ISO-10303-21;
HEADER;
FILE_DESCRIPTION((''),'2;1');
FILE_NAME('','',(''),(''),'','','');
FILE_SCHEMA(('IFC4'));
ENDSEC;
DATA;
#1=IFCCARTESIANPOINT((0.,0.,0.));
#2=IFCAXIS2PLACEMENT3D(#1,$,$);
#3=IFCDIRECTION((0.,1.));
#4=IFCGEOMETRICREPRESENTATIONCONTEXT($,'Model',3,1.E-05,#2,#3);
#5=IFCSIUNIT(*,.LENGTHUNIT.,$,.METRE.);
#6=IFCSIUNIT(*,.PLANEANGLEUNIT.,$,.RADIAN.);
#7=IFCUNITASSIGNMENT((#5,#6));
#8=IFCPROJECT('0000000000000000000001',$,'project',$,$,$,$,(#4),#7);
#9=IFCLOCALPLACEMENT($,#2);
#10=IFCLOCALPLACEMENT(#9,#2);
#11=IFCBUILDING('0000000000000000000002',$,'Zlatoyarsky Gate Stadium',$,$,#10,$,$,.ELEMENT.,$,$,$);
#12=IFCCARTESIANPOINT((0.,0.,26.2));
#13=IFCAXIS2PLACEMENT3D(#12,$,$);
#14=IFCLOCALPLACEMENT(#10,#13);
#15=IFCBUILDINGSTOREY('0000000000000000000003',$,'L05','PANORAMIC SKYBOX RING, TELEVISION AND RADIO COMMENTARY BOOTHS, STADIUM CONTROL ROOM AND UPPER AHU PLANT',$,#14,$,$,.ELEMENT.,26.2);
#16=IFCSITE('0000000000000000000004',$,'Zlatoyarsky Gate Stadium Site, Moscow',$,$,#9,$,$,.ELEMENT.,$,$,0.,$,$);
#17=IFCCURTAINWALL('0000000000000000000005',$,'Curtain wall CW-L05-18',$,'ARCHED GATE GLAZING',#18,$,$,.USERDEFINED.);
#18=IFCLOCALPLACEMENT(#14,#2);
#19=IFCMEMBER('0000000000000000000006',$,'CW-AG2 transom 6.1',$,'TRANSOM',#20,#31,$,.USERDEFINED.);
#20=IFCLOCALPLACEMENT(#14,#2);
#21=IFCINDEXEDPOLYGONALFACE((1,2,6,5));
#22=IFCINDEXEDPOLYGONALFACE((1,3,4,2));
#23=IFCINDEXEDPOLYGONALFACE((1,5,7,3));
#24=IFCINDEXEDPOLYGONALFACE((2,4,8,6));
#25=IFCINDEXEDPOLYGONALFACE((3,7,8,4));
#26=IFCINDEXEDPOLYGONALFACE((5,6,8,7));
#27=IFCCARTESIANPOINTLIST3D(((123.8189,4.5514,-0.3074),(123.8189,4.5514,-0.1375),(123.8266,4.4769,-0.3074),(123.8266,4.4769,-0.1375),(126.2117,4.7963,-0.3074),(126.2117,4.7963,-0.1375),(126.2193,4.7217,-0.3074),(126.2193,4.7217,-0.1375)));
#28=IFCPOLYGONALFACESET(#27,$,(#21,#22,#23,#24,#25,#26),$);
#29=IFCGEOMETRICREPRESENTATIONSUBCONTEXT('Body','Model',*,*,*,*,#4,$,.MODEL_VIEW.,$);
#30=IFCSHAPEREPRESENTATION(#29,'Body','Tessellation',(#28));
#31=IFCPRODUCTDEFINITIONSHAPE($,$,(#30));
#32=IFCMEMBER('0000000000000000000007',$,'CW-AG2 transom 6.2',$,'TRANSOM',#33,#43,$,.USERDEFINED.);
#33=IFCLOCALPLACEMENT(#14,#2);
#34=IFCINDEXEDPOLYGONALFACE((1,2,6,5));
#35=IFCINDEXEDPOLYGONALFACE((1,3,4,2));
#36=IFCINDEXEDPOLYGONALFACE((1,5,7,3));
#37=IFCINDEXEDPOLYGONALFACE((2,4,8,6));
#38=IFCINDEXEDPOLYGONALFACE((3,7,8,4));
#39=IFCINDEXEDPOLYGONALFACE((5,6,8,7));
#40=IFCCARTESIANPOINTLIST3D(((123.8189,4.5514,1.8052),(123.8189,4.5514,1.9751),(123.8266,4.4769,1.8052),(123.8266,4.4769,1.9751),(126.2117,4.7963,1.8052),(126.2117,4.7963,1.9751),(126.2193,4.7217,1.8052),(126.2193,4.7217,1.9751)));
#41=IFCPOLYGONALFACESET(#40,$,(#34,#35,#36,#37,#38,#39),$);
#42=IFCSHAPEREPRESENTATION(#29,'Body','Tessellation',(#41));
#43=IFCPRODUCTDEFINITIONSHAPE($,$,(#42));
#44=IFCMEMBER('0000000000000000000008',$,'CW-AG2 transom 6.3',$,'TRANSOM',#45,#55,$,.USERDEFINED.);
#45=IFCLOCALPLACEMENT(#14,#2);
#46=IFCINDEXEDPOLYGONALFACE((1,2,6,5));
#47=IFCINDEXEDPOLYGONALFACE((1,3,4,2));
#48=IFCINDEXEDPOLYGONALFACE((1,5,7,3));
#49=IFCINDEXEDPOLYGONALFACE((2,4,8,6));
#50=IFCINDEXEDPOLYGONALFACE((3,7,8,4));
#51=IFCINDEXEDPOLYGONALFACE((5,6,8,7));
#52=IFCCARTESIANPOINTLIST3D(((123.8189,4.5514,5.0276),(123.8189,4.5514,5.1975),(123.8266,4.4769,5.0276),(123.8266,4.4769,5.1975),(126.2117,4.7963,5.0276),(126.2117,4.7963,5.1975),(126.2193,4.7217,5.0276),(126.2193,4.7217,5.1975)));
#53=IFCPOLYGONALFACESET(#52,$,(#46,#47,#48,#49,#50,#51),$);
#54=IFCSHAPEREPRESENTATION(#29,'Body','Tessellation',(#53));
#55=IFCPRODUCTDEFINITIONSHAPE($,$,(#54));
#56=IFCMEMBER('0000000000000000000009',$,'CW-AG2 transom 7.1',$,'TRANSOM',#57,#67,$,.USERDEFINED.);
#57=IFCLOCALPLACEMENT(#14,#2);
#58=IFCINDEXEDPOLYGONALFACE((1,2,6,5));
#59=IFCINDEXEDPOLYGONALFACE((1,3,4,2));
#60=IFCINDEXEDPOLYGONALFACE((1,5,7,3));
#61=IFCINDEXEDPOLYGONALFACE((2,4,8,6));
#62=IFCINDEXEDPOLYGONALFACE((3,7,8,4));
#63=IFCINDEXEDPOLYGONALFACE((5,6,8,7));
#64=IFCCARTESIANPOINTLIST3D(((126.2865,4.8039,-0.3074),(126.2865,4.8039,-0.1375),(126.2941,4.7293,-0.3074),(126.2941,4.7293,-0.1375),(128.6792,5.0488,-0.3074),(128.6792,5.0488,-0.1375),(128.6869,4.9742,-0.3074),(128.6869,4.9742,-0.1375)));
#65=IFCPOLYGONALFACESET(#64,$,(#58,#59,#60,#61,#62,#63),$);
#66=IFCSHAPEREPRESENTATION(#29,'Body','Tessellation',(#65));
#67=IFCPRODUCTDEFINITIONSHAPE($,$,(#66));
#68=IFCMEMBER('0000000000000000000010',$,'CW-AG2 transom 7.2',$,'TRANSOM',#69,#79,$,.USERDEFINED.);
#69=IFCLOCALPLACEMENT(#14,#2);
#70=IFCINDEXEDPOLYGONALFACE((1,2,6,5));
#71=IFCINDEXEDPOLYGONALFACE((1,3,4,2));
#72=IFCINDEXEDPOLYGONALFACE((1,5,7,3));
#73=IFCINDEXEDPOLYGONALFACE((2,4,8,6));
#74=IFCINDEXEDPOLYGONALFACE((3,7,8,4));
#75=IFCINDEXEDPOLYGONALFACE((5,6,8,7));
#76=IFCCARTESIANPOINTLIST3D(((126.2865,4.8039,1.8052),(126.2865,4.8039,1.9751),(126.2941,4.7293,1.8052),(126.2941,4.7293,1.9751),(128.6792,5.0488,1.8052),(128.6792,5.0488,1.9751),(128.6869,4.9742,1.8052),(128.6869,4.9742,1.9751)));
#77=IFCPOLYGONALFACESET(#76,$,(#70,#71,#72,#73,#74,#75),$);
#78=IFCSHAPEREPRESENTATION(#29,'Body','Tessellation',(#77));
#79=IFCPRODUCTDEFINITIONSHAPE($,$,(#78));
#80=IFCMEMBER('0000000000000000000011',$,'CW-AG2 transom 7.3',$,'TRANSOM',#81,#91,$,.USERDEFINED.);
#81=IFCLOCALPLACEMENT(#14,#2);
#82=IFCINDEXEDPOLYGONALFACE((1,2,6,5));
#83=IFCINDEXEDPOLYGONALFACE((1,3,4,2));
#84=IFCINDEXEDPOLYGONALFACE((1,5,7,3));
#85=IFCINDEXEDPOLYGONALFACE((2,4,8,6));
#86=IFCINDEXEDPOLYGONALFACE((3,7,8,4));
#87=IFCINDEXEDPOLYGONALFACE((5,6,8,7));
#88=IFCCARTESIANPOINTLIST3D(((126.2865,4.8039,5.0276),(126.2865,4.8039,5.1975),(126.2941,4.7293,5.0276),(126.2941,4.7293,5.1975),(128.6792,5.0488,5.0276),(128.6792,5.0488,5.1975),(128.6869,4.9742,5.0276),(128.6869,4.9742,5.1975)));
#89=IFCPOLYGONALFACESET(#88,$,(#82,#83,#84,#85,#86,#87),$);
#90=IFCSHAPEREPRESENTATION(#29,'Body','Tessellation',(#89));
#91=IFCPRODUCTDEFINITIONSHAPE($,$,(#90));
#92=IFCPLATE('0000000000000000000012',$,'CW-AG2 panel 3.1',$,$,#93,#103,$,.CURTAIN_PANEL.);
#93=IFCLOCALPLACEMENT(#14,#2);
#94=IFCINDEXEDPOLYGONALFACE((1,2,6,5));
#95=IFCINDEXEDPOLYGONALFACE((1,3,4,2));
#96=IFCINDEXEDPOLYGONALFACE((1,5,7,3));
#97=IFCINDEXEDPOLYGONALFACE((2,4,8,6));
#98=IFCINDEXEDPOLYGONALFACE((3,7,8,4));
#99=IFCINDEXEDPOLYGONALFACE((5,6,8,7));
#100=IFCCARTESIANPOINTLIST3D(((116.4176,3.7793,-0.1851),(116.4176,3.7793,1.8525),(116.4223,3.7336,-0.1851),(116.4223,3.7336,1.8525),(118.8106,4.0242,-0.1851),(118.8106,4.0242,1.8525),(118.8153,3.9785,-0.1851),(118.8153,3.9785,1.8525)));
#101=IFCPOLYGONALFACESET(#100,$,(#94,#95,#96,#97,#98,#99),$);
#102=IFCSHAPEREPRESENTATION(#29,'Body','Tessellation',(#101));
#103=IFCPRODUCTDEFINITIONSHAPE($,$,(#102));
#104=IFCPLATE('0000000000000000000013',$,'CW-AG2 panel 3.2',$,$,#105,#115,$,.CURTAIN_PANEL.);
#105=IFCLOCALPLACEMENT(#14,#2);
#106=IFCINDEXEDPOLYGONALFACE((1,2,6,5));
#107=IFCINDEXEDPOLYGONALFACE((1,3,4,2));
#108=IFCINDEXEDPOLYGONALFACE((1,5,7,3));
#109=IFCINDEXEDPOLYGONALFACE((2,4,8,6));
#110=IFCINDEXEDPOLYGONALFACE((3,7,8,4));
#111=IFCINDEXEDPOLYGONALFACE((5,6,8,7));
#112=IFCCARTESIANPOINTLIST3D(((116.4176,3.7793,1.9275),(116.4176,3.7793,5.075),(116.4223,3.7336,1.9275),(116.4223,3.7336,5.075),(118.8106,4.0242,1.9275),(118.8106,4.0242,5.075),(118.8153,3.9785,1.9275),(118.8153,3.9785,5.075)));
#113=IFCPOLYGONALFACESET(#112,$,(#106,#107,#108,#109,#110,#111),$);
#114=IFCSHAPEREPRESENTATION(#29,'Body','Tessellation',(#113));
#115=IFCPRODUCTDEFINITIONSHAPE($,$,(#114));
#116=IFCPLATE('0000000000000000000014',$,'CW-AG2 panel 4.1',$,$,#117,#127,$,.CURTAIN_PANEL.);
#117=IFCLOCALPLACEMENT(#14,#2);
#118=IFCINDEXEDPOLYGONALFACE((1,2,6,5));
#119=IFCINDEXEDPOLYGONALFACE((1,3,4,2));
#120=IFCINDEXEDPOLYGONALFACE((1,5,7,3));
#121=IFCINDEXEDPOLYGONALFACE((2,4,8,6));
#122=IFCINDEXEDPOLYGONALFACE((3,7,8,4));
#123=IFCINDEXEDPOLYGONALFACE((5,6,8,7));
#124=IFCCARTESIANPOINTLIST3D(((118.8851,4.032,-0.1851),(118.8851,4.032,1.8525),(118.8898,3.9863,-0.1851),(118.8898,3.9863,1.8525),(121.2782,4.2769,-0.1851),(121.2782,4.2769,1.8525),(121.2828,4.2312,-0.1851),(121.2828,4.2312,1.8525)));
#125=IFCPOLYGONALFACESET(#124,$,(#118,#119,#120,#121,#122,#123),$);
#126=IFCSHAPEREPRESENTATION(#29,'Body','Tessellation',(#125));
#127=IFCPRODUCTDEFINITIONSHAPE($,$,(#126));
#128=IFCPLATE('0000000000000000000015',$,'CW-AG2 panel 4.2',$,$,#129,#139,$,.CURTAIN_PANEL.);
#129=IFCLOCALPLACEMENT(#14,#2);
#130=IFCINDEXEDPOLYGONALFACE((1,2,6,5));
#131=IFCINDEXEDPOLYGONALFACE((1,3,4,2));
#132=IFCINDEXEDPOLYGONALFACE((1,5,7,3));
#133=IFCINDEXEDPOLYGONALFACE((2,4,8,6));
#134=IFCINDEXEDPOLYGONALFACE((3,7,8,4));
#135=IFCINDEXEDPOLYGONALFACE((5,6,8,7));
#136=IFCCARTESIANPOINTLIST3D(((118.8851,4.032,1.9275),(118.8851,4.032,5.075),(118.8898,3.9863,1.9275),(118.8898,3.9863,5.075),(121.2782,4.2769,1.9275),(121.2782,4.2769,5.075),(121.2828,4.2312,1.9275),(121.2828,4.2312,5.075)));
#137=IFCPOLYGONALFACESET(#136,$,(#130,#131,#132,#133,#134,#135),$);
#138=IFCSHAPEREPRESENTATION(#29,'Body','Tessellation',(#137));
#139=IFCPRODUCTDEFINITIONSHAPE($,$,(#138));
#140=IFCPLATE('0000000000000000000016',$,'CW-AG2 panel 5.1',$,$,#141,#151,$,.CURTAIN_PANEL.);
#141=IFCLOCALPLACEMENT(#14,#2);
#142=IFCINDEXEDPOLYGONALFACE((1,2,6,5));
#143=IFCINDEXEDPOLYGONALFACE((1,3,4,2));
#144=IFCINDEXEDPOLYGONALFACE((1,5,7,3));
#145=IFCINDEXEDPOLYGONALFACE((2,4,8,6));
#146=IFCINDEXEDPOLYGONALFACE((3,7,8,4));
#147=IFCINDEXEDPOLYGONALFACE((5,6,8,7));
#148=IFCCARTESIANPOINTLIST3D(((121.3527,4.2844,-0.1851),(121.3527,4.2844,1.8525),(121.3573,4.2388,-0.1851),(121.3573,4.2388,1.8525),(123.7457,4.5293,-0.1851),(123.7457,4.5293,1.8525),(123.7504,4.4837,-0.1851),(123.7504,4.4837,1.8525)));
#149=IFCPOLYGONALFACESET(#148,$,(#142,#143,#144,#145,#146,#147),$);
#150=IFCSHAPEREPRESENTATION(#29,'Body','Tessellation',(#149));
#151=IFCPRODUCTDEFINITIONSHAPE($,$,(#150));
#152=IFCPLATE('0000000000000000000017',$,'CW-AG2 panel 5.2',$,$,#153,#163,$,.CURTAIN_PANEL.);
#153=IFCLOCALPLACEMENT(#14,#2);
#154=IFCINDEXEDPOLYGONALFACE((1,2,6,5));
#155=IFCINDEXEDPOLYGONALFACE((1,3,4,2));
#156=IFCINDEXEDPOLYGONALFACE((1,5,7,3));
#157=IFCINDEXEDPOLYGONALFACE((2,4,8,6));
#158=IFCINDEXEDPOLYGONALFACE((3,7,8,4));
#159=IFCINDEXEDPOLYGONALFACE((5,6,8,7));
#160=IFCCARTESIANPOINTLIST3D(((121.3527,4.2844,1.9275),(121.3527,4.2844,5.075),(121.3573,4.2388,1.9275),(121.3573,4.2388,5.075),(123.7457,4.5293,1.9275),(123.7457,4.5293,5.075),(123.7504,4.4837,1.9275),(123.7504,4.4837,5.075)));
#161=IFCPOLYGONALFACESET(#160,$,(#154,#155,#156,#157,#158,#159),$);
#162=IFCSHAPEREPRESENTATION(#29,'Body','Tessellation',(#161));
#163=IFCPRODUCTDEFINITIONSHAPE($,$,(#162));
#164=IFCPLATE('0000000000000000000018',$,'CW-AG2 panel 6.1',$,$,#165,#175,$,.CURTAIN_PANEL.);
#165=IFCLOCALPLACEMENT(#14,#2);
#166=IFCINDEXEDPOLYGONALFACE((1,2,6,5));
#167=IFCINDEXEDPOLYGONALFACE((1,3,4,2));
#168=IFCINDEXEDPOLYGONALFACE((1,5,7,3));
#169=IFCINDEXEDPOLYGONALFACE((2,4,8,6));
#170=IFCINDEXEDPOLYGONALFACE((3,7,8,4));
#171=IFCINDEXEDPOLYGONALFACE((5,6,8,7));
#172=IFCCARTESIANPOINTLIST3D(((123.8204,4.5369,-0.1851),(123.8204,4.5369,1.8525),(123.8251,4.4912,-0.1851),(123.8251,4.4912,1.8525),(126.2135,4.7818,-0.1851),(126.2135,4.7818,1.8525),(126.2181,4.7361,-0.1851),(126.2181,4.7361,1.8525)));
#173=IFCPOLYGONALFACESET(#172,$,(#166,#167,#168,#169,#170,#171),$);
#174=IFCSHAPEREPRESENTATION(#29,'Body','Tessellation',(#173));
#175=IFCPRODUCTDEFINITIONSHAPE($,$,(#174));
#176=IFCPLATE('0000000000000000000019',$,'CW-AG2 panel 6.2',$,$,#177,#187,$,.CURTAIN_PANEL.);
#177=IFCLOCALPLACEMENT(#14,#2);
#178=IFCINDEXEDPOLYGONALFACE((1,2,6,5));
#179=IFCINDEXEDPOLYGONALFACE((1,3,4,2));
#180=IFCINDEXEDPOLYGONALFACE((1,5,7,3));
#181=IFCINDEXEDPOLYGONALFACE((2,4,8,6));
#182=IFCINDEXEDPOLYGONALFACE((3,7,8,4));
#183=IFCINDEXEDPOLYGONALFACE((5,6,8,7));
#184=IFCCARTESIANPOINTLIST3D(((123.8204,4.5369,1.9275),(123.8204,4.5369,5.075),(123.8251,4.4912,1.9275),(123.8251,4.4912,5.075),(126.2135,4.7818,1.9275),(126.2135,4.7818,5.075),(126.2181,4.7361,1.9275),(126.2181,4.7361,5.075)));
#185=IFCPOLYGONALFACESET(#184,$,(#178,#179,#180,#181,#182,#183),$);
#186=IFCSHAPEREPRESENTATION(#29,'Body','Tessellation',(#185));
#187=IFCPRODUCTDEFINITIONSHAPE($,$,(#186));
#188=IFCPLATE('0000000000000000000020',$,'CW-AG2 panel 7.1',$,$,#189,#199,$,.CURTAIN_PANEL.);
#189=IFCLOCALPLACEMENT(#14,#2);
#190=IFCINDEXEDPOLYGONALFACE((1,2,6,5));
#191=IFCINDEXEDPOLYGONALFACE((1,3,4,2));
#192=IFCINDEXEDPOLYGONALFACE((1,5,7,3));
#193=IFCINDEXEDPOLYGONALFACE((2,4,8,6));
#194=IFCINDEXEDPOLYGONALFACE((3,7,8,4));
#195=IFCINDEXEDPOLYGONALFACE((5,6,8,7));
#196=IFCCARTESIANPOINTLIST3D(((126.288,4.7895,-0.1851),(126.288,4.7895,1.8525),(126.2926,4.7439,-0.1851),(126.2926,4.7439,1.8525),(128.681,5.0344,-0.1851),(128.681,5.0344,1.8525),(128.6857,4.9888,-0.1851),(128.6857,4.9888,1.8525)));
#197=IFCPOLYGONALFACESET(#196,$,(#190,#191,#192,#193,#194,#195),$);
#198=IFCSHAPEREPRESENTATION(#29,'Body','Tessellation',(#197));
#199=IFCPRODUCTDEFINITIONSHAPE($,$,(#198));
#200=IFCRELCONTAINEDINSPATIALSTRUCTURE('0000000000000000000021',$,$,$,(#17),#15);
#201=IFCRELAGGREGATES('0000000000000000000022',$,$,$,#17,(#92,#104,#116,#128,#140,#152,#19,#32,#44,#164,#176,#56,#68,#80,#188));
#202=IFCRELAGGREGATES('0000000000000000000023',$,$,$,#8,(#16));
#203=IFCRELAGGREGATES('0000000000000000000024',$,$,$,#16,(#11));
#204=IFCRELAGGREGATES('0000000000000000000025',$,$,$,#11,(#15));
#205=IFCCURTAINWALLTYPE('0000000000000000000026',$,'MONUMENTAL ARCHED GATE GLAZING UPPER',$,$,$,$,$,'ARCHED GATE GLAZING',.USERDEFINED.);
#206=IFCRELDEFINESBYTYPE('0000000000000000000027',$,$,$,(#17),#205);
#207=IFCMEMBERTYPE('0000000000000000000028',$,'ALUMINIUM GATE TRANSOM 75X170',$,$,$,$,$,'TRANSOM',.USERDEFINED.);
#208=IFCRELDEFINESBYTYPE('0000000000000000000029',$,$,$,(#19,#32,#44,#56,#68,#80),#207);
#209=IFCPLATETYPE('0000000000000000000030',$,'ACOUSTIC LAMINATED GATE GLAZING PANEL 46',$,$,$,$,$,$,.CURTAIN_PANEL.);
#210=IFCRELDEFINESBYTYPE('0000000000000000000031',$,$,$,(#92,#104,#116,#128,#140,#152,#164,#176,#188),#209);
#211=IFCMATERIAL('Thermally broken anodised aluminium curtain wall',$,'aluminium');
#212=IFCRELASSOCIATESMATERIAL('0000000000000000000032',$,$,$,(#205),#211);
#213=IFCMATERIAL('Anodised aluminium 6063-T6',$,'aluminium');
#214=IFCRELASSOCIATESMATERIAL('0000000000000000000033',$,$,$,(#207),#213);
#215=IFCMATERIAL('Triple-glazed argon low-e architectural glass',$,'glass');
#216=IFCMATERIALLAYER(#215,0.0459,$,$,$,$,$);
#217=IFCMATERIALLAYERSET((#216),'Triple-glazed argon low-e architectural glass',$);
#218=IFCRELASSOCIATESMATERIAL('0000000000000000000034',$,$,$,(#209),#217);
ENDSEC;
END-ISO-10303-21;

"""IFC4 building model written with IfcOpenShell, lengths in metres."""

from ifc_helpers import new_model, si_unit, direction, frame, origin, origin_2d, place, context, subcontext, project, spatial, rectangle, extrude, material, layer, layer_set, material_profile, profile_set, type_object, element, aggregate, save


model = new_model("IFC4")

# Units and contexts
model_context = context("Model", 3, precision=1e-05, world=origin(), true_north=direction((0.0, 1.0)))
body_context = subcontext(model_context, "Body", "Model", "MODEL_VIEW")
ifc_project = project(units=[si_unit("LENGTHUNIT", "METRE"), si_unit("PLANEANGLEUNIT", "RADIAN")], contexts=[model_context])

# Site, building, storey
site_placement = place(None, origin())
site = spatial("IfcSite", under=ifc_project, at=site_placement, Name="Zlatoyarsky Gate Stadium Site, Moscow", CompositionType="ELEMENT", RefElevation=0.0)
building_placement = place(site_placement, origin())
building = spatial("IfcBuilding", under=site, at=building_placement, Name="Zlatoyarsky Gate Stadium", CompositionType="ELEMENT")
storey_placement = place(building_placement, frame((0.0, 0.0, 26.2)))
storey = spatial("IfcBuildingStorey", under=building, at=storey_placement, Name="L05", Description="PANORAMIC SKYBOX RING, TELEVISION AND RADIO COMMENTARY BOOTHS, STADIUM CONTROL ROOM AND UPPER AHU PLANT", CompositionType="ELEMENT", Elevation=26.2)

# Curtain wall, members, plates
ifc_material_1 = material(Name="Thermally broken anodised aluminium curtain wall", Category="aluminium")
curtain_wall_type = type_object("IfcCurtainWallType", Name="MONUMENTAL ARCHED GATE GLAZING UPPER", ElementType="ARCHED GATE GLAZING", PredefinedType="USERDEFINED", material=ifc_material_1)
curtain_wall_placement = place(storey_placement, origin())
curtain_wall = element("IfcCurtainWall", 1, at=curtain_wall_placement, inside=storey, type_object=curtain_wall_type, Name="Curtain wall CW-L05-18", ObjectType="ARCHED GATE GLAZING", PredefinedType="USERDEFINED")
ifc_material_2 = material(Name="Anodised aluminium 6063-T6", Category="aluminium")
ifc_material_profile_1 = material_profile(ifc_material_2, rectangle(XDim=0.075, YDim=0.1699, at=origin_2d()), Name="ALU 75X170")
ifc_profile_set_1 = profile_set([ifc_material_profile_1], Name="Anodised aluminium 6063-T6")
member_type_1 = type_object("IfcMemberType", Name="ALUMINIUM GATE TRANSOM 75X170", ElementType="TRANSOM", PredefinedType="USERDEFINED", material=ifc_profile_set_1)
member_1_placement = place(storey_placement, frame((123.8228, 4.5142, -0.2224), z_axis=(0.994804, 0.101805, 0.0), x_axis=(-0.101805, 0.994804, 0.0)))
member_1 = element("IfcMember", 2, at=member_1_placement, type_object=member_type_1, Name="CW-AG2 transom 6.1", ObjectType="TRANSOM", PredefinedType="USERDEFINED", context=body_context, shape_type="SweptSolid", body=[
    extrude(rectangle(XDim=0.075, YDim=0.1699, at=origin_2d()), origin(), (0.0, 0.0, 1.0), 2.4053),
])
member_2_placement = place(storey_placement, frame((123.8228, 4.5142, 1.8901), z_axis=(0.994804, 0.101805, 0.0), x_axis=(-0.101805, 0.994804, 0.0)))
member_2 = element("IfcMember", 3, at=member_2_placement, type_object=member_type_1, Name="CW-AG2 transom 6.2", ObjectType="TRANSOM", PredefinedType="USERDEFINED", context=body_context, shape_type="SweptSolid", body=[
    extrude(rectangle(XDim=0.075, YDim=0.1699, at=origin_2d()), origin(), (0.0, 0.0, 1.0), 2.4053),
])
member_3_placement = place(storey_placement, frame((123.8228, 4.5142, 5.1125), z_axis=(0.994804, 0.101805, 0.0), x_axis=(-0.101805, 0.994804, 0.0)))
member_3 = element("IfcMember", 4, at=member_3_placement, type_object=member_type_1, Name="CW-AG2 transom 6.3", ObjectType="TRANSOM", PredefinedType="USERDEFINED", context=body_context, shape_type="SweptSolid", body=[
    extrude(rectangle(XDim=0.075, YDim=0.1699, at=origin_2d()), origin(), (0.0, 0.0, 1.0), 2.4053),
])
member_4_placement = place(storey_placement, frame((126.2903, 4.7666, -0.2224), z_axis=(0.994804, 0.101805, 0.0), x_axis=(-0.101805, 0.994804, 0.0)))
member_4 = element("IfcMember", 5, at=member_4_placement, type_object=member_type_1, Name="CW-AG2 transom 7.1", ObjectType="TRANSOM", PredefinedType="USERDEFINED", context=body_context, shape_type="SweptSolid", body=[
    extrude(rectangle(XDim=0.075, YDim=0.1699, at=origin_2d()), origin(), (0.0, 0.0, 1.0), 2.4053),
])
member_5_placement = place(storey_placement, frame((126.2903, 4.7666, 1.8901), z_axis=(0.994804, 0.101805, 0.0), x_axis=(-0.101805, 0.994804, 0.0)))
member_5 = element("IfcMember", 6, at=member_5_placement, type_object=member_type_1, Name="CW-AG2 transom 7.2", ObjectType="TRANSOM", PredefinedType="USERDEFINED", context=body_context, shape_type="SweptSolid", body=[
    extrude(rectangle(XDim=0.075, YDim=0.1699, at=origin_2d()), origin(), (0.0, 0.0, 1.0), 2.4053),
])
member_6_placement = place(storey_placement, frame((126.2903, 4.7666, 5.1125), z_axis=(0.994804, 0.101805, 0.0), x_axis=(-0.101805, 0.994804, 0.0)))
member_6 = element("IfcMember", 7, at=member_6_placement, type_object=member_type_1, Name="CW-AG2 transom 7.3", ObjectType="TRANSOM", PredefinedType="USERDEFINED", context=body_context, shape_type="SweptSolid", body=[
    extrude(rectangle(XDim=0.075, YDim=0.1699, at=origin_2d()), origin(), (0.0, 0.0, 1.0), 2.4053),
])
ifc_material_3 = material(Name="Triple-glazed argon low-e architectural glass", Category="glass")
ifc_layer = layer(ifc_material_3, 0.0459)
ifc_layer_set = layer_set([ifc_layer], Name="Triple-glazed argon low-e architectural glass")
plate_type = type_object("IfcPlateType", Name="ACOUSTIC LAMINATED GATE GLAZING PANEL 46", PredefinedType="CURTAIN_PANEL", material=ifc_layer_set)
plate_1_placement = place(storey_placement, frame((117.6165, 3.8789, -0.1851), z_axis=(0.0, 0.0, 1.0), x_axis=(0.994804, 0.101805, 0.0)))
plate_1 = element("IfcPlate", 8, at=plate_1_placement, type_object=plate_type, Name="CW-AG2 panel 3.1", PredefinedType="CURTAIN_PANEL", context=body_context, shape_type="SweptSolid", body=[
    extrude(rectangle(XDim=2.4055, YDim=0.0459, at=origin_2d()), origin(), (0.0, 0.0, 1.0), 2.0376),
])
plate_2_placement = place(storey_placement, frame((117.6165, 3.8789, 1.9275), z_axis=(0.0, 0.0, 1.0), x_axis=(0.994804, 0.101805, 0.0)))
plate_2 = element("IfcPlate", 9, at=plate_2_placement, type_object=plate_type, Name="CW-AG2 panel 3.2", PredefinedType="CURTAIN_PANEL", context=body_context, shape_type="SweptSolid", body=[
    extrude(rectangle(XDim=2.4055, YDim=0.0459, at=origin_2d()), origin(), (0.0, 0.0, 1.0), 3.1475),
])
plate_3_placement = place(storey_placement, frame((120.084, 4.1316, -0.1851), z_axis=(0.0, 0.0, 1.0), x_axis=(0.994804, 0.101805, 0.0)))
plate_3 = element("IfcPlate", 10, at=plate_3_placement, type_object=plate_type, Name="CW-AG2 panel 4.1", PredefinedType="CURTAIN_PANEL", context=body_context, shape_type="SweptSolid", body=[
    extrude(rectangle(XDim=2.4055, YDim=0.0459, at=origin_2d()), origin(), (0.0, 0.0, 1.0), 2.0376),
])
plate_4_placement = place(storey_placement, frame((120.084, 4.1316, 1.9275), z_axis=(0.0, 0.0, 1.0), x_axis=(0.994804, 0.101805, 0.0)))
plate_4 = element("IfcPlate", 11, at=plate_4_placement, type_object=plate_type, Name="CW-AG2 panel 4.2", PredefinedType="CURTAIN_PANEL", context=body_context, shape_type="SweptSolid", body=[
    extrude(rectangle(XDim=2.4055, YDim=0.0459, at=origin_2d()), origin(), (0.0, 0.0, 1.0), 3.1475),
])
plate_5_placement = place(storey_placement, frame((122.5515, 4.384, -0.1851), z_axis=(0.0, 0.0, 1.0), x_axis=(0.994804, 0.101805, 0.0)))
plate_5 = element("IfcPlate", 12, at=plate_5_placement, type_object=plate_type, Name="CW-AG2 panel 5.1", PredefinedType="CURTAIN_PANEL", context=body_context, shape_type="SweptSolid", body=[
    extrude(rectangle(XDim=2.4055, YDim=0.0459, at=origin_2d()), origin(), (0.0, 0.0, 1.0), 2.0376),
])
plate_6_placement = place(storey_placement, frame((122.5515, 4.384, 1.9275), z_axis=(0.0, 0.0, 1.0), x_axis=(0.994804, 0.101805, 0.0)))
plate_6 = element("IfcPlate", 13, at=plate_6_placement, type_object=plate_type, Name="CW-AG2 panel 5.2", PredefinedType="CURTAIN_PANEL", context=body_context, shape_type="SweptSolid", body=[
    extrude(rectangle(XDim=2.4055, YDim=0.0459, at=origin_2d()), origin(), (0.0, 0.0, 1.0), 3.1475),
])
plate_7_placement = place(storey_placement, frame((125.0193, 4.6365, -0.1851), z_axis=(0.0, 0.0, 1.0), x_axis=(0.994804, 0.101805, 0.0)))
plate_7 = element("IfcPlate", 14, at=plate_7_placement, type_object=plate_type, Name="CW-AG2 panel 6.1", PredefinedType="CURTAIN_PANEL", context=body_context, shape_type="SweptSolid", body=[
    extrude(rectangle(XDim=2.4055, YDim=0.0459, at=origin_2d()), origin(), (0.0, 0.0, 1.0), 2.0376),
])
plate_8_placement = place(storey_placement, frame((125.0193, 4.6365, 1.9275), z_axis=(0.0, 0.0, 1.0), x_axis=(0.994804, 0.101805, 0.0)))
plate_8 = element("IfcPlate", 15, at=plate_8_placement, type_object=plate_type, Name="CW-AG2 panel 6.2", PredefinedType="CURTAIN_PANEL", context=body_context, shape_type="SweptSolid", body=[
    extrude(rectangle(XDim=2.4055, YDim=0.0459, at=origin_2d()), origin(), (0.0, 0.0, 1.0), 3.1475),
])
plate_9_placement = place(storey_placement, frame((127.4868, 4.8892, -0.1851), z_axis=(0.0, 0.0, 1.0), x_axis=(0.994804, 0.101805, 0.0)))
plate_9 = element("IfcPlate", 16, at=plate_9_placement, type_object=plate_type, Name="CW-AG2 panel 7.1", PredefinedType="CURTAIN_PANEL", context=body_context, shape_type="SweptSolid", body=[
    extrude(rectangle(XDim=2.4055, YDim=0.0459, at=origin_2d()), origin(), (0.0, 0.0, 1.0), 2.0376),
])
aggregate(curtain_wall, [plate_1, plate_2, plate_3, plate_4, plate_5, plate_6, member_1, member_2, member_3, plate_7, plate_8, member_4, member_5, member_6, plate_9])

save(model, "model.ifc")
